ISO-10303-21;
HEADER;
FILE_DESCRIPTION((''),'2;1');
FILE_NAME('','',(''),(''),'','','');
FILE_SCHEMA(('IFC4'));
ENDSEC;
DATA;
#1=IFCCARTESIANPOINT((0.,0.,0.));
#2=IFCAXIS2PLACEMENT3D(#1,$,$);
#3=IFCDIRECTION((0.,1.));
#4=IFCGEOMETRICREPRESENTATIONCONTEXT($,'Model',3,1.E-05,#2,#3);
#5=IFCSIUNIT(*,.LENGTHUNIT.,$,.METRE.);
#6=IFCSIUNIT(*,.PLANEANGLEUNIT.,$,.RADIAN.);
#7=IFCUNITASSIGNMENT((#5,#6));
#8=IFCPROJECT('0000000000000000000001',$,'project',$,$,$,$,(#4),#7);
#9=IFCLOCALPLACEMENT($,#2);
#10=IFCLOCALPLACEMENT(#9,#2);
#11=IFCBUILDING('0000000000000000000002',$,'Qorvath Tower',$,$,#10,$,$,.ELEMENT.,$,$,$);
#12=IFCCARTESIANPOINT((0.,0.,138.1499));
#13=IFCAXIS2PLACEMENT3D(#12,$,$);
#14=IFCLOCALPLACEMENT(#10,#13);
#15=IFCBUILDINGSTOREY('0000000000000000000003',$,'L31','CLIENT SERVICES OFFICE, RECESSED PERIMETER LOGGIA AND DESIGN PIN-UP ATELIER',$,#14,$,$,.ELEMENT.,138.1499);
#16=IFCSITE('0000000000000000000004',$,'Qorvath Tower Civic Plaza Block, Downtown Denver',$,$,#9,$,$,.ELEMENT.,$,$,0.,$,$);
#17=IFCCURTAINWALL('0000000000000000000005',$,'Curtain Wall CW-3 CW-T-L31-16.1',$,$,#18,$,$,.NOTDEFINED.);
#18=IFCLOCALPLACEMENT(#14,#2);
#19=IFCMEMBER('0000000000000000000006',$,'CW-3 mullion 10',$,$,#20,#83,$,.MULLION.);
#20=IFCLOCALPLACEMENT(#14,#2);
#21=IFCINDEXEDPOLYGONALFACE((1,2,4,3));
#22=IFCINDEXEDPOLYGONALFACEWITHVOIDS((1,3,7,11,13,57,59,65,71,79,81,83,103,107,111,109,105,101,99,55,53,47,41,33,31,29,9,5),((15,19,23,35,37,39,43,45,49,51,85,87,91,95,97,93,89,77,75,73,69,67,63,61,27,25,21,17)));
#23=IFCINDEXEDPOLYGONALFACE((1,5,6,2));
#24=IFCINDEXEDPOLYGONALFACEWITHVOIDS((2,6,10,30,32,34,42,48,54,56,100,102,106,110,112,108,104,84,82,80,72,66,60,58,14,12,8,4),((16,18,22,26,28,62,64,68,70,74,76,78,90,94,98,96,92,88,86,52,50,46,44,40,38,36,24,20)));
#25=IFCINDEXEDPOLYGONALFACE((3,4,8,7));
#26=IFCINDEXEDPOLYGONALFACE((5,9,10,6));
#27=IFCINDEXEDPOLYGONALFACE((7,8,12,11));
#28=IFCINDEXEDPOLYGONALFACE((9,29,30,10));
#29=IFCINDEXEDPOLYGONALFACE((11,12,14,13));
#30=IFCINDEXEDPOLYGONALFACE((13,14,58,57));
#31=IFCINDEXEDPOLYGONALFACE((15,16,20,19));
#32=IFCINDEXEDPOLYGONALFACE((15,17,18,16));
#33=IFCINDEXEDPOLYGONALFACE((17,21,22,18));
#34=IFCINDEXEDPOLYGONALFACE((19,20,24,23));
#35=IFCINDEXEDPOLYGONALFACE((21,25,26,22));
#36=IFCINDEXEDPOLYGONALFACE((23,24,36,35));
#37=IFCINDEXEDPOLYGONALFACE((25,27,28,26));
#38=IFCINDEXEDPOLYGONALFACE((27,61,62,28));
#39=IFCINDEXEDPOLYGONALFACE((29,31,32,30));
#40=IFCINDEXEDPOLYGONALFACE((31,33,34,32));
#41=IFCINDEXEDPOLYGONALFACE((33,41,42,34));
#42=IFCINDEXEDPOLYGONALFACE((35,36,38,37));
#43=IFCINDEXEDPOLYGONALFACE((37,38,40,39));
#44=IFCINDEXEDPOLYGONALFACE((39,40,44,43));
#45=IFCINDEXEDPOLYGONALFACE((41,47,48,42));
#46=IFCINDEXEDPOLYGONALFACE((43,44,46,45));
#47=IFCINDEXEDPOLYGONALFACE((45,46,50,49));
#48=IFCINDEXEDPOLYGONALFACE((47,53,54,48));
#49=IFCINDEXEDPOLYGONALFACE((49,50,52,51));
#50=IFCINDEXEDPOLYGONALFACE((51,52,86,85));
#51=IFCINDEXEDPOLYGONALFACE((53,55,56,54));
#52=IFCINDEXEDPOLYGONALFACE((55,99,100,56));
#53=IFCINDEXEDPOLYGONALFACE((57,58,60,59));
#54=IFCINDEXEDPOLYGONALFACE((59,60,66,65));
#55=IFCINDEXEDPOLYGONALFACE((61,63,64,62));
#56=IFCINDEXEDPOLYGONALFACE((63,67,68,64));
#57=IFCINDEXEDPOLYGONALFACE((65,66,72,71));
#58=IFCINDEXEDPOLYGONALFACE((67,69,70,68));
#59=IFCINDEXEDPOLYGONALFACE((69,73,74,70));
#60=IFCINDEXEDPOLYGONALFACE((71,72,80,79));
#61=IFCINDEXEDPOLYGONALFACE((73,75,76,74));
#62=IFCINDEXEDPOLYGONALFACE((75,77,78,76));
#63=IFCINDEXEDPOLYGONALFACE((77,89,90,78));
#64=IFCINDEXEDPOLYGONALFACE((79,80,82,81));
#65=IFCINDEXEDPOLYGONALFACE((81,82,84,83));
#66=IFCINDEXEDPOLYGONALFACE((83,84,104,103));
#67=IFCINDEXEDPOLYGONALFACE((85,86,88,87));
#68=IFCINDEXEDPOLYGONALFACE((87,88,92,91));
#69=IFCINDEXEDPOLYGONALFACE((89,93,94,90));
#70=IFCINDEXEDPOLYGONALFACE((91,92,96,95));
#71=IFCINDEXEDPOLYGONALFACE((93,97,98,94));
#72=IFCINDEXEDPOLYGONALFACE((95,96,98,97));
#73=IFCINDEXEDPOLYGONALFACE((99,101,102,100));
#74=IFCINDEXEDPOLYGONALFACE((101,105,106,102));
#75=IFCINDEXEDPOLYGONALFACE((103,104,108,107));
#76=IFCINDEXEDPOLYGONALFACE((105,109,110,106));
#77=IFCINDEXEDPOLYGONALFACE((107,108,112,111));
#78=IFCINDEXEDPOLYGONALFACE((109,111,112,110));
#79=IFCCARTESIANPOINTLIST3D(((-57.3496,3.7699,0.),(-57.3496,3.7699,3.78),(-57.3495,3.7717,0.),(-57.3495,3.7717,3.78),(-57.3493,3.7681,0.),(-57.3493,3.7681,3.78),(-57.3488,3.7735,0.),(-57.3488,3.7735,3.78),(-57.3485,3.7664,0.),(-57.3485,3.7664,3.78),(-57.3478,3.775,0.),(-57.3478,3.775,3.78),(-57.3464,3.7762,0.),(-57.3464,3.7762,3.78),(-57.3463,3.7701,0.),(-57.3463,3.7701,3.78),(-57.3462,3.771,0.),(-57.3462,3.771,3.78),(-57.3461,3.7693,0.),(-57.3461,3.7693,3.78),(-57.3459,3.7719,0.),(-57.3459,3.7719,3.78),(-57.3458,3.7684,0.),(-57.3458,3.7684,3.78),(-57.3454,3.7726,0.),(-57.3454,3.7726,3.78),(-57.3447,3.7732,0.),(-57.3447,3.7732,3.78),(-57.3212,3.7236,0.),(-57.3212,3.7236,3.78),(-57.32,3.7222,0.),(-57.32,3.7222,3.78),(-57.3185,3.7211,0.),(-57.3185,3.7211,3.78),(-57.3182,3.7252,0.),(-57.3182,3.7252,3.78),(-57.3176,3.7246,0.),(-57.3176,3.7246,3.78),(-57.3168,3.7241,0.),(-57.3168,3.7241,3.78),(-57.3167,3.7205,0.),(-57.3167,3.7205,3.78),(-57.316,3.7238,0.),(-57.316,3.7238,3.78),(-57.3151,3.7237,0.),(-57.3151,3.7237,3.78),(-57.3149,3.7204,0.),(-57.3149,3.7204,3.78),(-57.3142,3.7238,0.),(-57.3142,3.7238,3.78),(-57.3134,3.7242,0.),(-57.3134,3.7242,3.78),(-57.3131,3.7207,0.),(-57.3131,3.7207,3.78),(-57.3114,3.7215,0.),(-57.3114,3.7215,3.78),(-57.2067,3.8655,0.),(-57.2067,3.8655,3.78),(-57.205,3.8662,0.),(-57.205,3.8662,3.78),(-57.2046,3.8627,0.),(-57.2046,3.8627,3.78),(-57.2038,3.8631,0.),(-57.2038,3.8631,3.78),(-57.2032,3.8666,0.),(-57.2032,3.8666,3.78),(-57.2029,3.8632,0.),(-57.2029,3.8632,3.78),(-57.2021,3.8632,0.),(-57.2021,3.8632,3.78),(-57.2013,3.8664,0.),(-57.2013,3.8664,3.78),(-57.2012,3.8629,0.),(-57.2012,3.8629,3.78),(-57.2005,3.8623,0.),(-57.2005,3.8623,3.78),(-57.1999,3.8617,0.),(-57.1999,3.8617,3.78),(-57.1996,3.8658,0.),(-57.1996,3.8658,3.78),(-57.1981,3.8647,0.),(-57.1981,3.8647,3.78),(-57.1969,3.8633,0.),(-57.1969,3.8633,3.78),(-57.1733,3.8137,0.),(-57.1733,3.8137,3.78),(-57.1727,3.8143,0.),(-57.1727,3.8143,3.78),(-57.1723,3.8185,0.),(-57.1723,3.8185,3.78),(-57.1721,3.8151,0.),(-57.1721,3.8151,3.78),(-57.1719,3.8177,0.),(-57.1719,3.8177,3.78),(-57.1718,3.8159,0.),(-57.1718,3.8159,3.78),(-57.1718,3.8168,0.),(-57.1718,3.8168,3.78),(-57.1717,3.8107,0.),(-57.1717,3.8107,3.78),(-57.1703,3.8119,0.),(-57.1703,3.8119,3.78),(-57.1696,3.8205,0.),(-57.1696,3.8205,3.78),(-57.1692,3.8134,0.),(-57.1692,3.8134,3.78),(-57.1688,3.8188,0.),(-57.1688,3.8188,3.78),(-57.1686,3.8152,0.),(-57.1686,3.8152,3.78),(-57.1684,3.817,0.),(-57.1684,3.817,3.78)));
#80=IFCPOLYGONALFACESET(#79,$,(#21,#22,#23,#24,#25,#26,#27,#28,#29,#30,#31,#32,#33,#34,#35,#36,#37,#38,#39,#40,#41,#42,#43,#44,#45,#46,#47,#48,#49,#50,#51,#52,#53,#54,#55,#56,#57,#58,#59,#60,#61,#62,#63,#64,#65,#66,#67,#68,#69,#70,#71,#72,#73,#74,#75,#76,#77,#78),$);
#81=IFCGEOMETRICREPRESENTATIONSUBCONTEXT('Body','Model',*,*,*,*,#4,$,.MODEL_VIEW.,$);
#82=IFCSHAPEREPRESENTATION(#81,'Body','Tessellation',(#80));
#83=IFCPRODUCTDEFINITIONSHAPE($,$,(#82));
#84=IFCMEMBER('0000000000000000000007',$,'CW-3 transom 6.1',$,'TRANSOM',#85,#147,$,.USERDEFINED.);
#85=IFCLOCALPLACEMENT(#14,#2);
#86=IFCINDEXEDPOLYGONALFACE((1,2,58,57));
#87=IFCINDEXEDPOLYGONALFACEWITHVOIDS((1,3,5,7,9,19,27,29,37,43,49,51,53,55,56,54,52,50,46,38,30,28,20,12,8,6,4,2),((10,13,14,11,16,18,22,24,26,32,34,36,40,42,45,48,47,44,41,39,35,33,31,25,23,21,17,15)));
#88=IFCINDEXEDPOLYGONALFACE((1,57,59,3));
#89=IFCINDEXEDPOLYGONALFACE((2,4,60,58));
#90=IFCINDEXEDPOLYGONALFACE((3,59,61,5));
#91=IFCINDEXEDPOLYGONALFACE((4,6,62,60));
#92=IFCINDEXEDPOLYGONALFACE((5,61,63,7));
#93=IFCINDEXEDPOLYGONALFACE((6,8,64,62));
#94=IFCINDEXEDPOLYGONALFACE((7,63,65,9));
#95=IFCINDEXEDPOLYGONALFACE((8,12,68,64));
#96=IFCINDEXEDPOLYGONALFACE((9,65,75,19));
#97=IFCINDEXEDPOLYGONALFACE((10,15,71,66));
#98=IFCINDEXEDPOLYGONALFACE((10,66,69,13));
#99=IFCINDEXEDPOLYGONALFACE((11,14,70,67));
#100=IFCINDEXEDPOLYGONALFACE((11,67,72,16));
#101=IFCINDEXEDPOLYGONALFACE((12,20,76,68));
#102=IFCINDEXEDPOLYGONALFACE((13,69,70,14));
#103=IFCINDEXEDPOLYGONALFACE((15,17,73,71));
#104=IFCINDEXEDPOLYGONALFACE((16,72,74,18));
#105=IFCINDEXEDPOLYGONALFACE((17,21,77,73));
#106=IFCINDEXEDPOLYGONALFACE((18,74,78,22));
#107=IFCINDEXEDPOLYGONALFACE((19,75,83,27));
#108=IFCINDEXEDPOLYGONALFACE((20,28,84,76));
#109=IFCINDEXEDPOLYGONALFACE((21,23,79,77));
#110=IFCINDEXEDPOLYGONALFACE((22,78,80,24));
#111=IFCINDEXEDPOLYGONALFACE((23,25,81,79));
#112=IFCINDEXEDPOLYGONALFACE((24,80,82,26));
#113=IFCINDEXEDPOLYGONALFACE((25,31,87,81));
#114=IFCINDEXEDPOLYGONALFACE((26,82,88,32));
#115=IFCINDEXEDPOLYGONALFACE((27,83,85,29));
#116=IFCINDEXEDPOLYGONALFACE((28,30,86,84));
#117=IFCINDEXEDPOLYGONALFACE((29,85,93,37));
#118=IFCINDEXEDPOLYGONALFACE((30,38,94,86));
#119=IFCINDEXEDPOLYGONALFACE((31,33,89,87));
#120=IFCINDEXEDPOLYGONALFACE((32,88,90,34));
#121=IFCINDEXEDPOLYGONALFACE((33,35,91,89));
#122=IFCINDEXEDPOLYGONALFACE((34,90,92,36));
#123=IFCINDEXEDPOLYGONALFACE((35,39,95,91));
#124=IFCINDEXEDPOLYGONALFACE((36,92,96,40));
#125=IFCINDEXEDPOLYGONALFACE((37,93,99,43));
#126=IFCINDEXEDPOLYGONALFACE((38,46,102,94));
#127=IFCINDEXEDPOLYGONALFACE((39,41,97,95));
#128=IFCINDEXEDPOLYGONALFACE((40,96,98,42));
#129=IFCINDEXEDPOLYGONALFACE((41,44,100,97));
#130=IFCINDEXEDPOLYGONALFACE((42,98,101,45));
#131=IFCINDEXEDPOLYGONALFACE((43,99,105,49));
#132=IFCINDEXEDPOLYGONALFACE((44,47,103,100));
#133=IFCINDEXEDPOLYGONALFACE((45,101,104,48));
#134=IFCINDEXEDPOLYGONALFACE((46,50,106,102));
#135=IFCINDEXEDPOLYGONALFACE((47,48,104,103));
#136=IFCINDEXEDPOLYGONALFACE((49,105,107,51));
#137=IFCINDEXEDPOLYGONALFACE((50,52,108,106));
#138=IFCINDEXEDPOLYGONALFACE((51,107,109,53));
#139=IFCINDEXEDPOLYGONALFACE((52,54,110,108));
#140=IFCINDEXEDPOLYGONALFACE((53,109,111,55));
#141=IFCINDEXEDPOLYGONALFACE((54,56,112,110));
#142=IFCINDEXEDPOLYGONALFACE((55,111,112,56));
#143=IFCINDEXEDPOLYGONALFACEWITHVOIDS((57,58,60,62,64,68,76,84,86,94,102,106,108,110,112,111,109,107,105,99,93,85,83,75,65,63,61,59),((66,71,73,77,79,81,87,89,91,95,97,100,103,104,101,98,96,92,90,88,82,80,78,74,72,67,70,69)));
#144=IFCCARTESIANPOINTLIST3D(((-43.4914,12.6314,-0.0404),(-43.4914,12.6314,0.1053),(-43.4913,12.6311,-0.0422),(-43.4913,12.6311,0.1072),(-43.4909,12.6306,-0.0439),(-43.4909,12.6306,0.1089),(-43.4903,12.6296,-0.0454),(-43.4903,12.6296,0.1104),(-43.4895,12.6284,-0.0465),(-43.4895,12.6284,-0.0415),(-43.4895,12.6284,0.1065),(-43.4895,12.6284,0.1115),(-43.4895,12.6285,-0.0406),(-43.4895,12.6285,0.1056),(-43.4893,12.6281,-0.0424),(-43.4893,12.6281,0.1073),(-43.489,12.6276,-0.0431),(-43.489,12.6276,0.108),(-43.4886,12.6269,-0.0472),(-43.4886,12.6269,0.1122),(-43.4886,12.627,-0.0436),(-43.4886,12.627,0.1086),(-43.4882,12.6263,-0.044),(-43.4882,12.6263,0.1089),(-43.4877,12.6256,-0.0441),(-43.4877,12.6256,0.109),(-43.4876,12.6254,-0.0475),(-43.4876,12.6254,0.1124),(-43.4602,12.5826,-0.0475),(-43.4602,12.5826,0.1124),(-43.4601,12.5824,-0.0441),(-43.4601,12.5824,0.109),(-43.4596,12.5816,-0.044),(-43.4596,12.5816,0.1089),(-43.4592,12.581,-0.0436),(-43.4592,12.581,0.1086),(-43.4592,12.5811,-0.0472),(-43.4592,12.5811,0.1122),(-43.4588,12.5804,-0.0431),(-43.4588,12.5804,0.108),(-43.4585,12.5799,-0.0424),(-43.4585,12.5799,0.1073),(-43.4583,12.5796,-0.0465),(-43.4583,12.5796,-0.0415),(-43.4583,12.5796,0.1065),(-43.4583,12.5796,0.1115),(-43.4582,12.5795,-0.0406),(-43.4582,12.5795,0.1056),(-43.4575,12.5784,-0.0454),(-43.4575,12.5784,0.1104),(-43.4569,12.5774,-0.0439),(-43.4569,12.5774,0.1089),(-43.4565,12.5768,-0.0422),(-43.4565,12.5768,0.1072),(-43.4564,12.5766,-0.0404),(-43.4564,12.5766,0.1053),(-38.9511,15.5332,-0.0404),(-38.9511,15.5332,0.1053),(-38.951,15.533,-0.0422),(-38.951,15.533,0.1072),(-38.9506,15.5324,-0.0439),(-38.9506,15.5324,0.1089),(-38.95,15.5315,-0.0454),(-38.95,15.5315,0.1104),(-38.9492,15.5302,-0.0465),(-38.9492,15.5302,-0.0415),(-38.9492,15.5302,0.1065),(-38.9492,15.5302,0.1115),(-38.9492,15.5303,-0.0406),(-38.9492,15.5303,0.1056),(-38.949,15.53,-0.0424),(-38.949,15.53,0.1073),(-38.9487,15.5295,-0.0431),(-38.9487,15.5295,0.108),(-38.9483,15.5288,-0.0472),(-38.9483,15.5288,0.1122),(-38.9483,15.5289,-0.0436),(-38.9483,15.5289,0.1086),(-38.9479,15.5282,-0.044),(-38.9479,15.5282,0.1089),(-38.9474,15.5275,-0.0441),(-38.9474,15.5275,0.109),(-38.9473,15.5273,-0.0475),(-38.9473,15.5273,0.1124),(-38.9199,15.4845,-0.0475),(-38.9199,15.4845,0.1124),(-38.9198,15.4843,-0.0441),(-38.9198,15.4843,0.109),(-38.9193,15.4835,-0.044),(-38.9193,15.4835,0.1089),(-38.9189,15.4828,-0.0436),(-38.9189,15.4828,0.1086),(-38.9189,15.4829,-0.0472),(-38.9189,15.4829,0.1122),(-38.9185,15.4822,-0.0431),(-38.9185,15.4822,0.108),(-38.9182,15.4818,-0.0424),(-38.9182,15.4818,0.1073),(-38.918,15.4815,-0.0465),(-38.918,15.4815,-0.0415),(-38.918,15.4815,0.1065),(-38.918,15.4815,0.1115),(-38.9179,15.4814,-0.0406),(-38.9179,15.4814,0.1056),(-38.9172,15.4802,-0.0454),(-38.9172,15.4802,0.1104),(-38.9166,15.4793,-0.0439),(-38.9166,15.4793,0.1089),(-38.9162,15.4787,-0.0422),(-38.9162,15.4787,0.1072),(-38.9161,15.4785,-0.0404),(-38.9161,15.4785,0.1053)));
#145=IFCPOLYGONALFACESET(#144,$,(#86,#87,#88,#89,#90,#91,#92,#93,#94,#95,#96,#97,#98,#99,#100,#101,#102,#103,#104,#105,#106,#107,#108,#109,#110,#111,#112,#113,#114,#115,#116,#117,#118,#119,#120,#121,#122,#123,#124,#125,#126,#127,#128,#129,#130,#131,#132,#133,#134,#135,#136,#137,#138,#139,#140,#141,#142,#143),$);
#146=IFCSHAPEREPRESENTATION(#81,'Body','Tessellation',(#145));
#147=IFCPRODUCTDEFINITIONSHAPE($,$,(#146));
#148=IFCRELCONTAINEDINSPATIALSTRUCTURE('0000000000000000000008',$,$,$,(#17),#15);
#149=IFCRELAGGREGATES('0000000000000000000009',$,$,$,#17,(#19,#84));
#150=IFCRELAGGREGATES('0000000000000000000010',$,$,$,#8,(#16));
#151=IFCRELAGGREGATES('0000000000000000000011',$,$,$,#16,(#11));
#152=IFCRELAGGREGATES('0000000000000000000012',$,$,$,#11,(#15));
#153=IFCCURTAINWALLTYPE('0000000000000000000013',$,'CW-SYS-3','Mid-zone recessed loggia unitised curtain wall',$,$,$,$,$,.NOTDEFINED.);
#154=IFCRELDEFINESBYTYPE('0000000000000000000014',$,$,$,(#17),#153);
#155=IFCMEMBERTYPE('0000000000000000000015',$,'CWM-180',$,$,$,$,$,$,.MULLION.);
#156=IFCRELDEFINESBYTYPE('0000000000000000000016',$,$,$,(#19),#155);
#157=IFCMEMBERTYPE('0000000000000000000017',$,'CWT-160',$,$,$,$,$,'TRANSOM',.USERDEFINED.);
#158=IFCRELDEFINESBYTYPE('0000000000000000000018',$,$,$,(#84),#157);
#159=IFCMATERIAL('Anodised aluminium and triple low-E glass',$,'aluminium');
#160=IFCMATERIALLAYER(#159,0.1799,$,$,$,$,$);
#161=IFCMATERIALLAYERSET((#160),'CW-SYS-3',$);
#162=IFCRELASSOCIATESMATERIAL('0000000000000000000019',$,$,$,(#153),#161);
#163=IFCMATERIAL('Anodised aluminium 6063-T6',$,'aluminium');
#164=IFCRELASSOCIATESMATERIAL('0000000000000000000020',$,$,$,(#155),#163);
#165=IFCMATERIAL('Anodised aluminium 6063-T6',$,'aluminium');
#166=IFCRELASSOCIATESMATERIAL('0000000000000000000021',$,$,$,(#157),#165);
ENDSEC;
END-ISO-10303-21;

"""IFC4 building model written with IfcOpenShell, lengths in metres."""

from ifc_helpers import new_model, si_unit, direction, frame, origin, origin_2d, place, context, subcontext, project, spatial, hollow_rectangle, extrude, material, layer, layer_set, material_profile, profile_set, type_object, element, aggregate, save


model = new_model("IFC4")

# Units and contexts
model_context = context("Model", 3, precision=1e-05, world=origin(), true_north=direction((0.0, 1.0)))
body_context = subcontext(model_context, "Body", "Model", "MODEL_VIEW")
ifc_project = project(units=[si_unit("LENGTHUNIT", "METRE"), si_unit("PLANEANGLEUNIT", "RADIAN")], contexts=[model_context])

# Site, building, storey
site_placement = place(None, origin())
site = spatial("IfcSite", under=ifc_project, at=site_placement, Name="Qorvath Tower Civic Plaza Block, Downtown Denver", CompositionType="ELEMENT", RefElevation=0.0)
building_placement = place(site_placement, origin())
building = spatial("IfcBuilding", under=site, at=building_placement, Name="Qorvath Tower", CompositionType="ELEMENT")
storey_placement = place(building_placement, frame((0.0, 0.0, 138.1499)))
storey = spatial("IfcBuildingStorey", under=building, at=storey_placement, Name="L31", Description="CLIENT SERVICES OFFICE, RECESSED PERIMETER LOGGIA AND DESIGN PIN-UP ATELIER", CompositionType="ELEMENT", Elevation=138.1499)

# Curtain wall, members
ifc_material_1 = material(Name="Anodised aluminium and triple low-E glass", Category="aluminium")
ifc_layer_1 = layer(ifc_material_1, 0.1799)
ifc_layer_set_1 = layer_set([ifc_layer_1], Name="CW-SYS-3")
curtain_wall_type = type_object("IfcCurtainWallType", Name="CW-SYS-3", Description="Mid-zone recessed loggia unitised curtain wall", PredefinedType="NOTDEFINED", material=ifc_layer_set_1)
curtain_wall_placement = place(storey_placement, origin())
curtain_wall = element("IfcCurtainWall", 1, at=curtain_wall_placement, inside=storey, type_object=curtain_wall_type, Name="Curtain Wall CW-3 CW-T-L31-16.1", PredefinedType="NOTDEFINED")
ifc_material_2 = material(Name="Anodised aluminium 6063-T6", Category="aluminium")
ifc_material_profile_1 = material_profile(ifc_material_2, hollow_rectangle(XDim=0.0649, YDim=0.1799, WallThickness=0.0034, InnerFilletRadius=0.0034, OuterFilletRadius=0.0071, at=origin_2d()), Name="CWM 180x65")
ifc_profile_set_1 = profile_set([ifc_material_profile_1], Name="Anodised aluminium 6063-T6")
member_type_1 = type_object("IfcMemberType", Name="CWM-180", PredefinedType="MULLION", material=ifc_profile_set_1)
member_1_placement = place(storey_placement, frame((-57.259, 3.7935, 0.0), z_axis=(0.0, 0.0, 1.0), x_axis=(0.538534, -0.842604, 0.0)))
member_1 = element("IfcMember", 2, at=member_1_placement, type_object=member_type_1, Name="CW-3 mullion 10", PredefinedType="MULLION", context=body_context, shape_type="SweptSolid", body=[
    extrude(hollow_rectangle(XDim=0.0649, YDim=0.1799, WallThickness=0.0034, InnerFilletRadius=0.0034, OuterFilletRadius=0.0071, at=origin_2d()), origin(), (0.0, 0.0, 1.0), 3.78),
])
ifc_material_3 = material(Name="Anodised aluminium 6063-T6", Category="aluminium")
ifc_material_profile_2 = material_profile(ifc_material_3, hollow_rectangle(XDim=0.0649, YDim=0.1599, WallThickness=0.0034, InnerFilletRadius=0.0034, OuterFilletRadius=0.0071, at=origin_2d()), Name="CWT 160x65")
ifc_profile_set_2 = profile_set([ifc_material_profile_2], Name="Anodised aluminium 6063-T6")
member_type_2 = type_object("IfcMemberType", Name="CWT-160", ElementType="TRANSOM", PredefinedType="USERDEFINED", material=ifc_profile_set_2)
member_2_placement = place(storey_placement, frame((-38.9336, 15.5059, 0.0325), z_axis=(-0.842602, -0.538537, 0.0), x_axis=(0.538537, -0.842602, 0.0)))
member_2 = element("IfcMember", 3, at=member_2_placement, type_object=member_type_2, Name="CW-3 transom 6.1", ObjectType="TRANSOM", PredefinedType="USERDEFINED", context=body_context, shape_type="SweptSolid", body=[
    extrude(hollow_rectangle(XDim=0.0649, YDim=0.1599, WallThickness=0.0034, InnerFilletRadius=0.0034, OuterFilletRadius=0.0071, at=origin_2d()), origin(), (0.0, 0.0, 1.0), 5.3884),
])

aggregate(curtain_wall, [member_1, member_2])

save(model, "model.ifc")
